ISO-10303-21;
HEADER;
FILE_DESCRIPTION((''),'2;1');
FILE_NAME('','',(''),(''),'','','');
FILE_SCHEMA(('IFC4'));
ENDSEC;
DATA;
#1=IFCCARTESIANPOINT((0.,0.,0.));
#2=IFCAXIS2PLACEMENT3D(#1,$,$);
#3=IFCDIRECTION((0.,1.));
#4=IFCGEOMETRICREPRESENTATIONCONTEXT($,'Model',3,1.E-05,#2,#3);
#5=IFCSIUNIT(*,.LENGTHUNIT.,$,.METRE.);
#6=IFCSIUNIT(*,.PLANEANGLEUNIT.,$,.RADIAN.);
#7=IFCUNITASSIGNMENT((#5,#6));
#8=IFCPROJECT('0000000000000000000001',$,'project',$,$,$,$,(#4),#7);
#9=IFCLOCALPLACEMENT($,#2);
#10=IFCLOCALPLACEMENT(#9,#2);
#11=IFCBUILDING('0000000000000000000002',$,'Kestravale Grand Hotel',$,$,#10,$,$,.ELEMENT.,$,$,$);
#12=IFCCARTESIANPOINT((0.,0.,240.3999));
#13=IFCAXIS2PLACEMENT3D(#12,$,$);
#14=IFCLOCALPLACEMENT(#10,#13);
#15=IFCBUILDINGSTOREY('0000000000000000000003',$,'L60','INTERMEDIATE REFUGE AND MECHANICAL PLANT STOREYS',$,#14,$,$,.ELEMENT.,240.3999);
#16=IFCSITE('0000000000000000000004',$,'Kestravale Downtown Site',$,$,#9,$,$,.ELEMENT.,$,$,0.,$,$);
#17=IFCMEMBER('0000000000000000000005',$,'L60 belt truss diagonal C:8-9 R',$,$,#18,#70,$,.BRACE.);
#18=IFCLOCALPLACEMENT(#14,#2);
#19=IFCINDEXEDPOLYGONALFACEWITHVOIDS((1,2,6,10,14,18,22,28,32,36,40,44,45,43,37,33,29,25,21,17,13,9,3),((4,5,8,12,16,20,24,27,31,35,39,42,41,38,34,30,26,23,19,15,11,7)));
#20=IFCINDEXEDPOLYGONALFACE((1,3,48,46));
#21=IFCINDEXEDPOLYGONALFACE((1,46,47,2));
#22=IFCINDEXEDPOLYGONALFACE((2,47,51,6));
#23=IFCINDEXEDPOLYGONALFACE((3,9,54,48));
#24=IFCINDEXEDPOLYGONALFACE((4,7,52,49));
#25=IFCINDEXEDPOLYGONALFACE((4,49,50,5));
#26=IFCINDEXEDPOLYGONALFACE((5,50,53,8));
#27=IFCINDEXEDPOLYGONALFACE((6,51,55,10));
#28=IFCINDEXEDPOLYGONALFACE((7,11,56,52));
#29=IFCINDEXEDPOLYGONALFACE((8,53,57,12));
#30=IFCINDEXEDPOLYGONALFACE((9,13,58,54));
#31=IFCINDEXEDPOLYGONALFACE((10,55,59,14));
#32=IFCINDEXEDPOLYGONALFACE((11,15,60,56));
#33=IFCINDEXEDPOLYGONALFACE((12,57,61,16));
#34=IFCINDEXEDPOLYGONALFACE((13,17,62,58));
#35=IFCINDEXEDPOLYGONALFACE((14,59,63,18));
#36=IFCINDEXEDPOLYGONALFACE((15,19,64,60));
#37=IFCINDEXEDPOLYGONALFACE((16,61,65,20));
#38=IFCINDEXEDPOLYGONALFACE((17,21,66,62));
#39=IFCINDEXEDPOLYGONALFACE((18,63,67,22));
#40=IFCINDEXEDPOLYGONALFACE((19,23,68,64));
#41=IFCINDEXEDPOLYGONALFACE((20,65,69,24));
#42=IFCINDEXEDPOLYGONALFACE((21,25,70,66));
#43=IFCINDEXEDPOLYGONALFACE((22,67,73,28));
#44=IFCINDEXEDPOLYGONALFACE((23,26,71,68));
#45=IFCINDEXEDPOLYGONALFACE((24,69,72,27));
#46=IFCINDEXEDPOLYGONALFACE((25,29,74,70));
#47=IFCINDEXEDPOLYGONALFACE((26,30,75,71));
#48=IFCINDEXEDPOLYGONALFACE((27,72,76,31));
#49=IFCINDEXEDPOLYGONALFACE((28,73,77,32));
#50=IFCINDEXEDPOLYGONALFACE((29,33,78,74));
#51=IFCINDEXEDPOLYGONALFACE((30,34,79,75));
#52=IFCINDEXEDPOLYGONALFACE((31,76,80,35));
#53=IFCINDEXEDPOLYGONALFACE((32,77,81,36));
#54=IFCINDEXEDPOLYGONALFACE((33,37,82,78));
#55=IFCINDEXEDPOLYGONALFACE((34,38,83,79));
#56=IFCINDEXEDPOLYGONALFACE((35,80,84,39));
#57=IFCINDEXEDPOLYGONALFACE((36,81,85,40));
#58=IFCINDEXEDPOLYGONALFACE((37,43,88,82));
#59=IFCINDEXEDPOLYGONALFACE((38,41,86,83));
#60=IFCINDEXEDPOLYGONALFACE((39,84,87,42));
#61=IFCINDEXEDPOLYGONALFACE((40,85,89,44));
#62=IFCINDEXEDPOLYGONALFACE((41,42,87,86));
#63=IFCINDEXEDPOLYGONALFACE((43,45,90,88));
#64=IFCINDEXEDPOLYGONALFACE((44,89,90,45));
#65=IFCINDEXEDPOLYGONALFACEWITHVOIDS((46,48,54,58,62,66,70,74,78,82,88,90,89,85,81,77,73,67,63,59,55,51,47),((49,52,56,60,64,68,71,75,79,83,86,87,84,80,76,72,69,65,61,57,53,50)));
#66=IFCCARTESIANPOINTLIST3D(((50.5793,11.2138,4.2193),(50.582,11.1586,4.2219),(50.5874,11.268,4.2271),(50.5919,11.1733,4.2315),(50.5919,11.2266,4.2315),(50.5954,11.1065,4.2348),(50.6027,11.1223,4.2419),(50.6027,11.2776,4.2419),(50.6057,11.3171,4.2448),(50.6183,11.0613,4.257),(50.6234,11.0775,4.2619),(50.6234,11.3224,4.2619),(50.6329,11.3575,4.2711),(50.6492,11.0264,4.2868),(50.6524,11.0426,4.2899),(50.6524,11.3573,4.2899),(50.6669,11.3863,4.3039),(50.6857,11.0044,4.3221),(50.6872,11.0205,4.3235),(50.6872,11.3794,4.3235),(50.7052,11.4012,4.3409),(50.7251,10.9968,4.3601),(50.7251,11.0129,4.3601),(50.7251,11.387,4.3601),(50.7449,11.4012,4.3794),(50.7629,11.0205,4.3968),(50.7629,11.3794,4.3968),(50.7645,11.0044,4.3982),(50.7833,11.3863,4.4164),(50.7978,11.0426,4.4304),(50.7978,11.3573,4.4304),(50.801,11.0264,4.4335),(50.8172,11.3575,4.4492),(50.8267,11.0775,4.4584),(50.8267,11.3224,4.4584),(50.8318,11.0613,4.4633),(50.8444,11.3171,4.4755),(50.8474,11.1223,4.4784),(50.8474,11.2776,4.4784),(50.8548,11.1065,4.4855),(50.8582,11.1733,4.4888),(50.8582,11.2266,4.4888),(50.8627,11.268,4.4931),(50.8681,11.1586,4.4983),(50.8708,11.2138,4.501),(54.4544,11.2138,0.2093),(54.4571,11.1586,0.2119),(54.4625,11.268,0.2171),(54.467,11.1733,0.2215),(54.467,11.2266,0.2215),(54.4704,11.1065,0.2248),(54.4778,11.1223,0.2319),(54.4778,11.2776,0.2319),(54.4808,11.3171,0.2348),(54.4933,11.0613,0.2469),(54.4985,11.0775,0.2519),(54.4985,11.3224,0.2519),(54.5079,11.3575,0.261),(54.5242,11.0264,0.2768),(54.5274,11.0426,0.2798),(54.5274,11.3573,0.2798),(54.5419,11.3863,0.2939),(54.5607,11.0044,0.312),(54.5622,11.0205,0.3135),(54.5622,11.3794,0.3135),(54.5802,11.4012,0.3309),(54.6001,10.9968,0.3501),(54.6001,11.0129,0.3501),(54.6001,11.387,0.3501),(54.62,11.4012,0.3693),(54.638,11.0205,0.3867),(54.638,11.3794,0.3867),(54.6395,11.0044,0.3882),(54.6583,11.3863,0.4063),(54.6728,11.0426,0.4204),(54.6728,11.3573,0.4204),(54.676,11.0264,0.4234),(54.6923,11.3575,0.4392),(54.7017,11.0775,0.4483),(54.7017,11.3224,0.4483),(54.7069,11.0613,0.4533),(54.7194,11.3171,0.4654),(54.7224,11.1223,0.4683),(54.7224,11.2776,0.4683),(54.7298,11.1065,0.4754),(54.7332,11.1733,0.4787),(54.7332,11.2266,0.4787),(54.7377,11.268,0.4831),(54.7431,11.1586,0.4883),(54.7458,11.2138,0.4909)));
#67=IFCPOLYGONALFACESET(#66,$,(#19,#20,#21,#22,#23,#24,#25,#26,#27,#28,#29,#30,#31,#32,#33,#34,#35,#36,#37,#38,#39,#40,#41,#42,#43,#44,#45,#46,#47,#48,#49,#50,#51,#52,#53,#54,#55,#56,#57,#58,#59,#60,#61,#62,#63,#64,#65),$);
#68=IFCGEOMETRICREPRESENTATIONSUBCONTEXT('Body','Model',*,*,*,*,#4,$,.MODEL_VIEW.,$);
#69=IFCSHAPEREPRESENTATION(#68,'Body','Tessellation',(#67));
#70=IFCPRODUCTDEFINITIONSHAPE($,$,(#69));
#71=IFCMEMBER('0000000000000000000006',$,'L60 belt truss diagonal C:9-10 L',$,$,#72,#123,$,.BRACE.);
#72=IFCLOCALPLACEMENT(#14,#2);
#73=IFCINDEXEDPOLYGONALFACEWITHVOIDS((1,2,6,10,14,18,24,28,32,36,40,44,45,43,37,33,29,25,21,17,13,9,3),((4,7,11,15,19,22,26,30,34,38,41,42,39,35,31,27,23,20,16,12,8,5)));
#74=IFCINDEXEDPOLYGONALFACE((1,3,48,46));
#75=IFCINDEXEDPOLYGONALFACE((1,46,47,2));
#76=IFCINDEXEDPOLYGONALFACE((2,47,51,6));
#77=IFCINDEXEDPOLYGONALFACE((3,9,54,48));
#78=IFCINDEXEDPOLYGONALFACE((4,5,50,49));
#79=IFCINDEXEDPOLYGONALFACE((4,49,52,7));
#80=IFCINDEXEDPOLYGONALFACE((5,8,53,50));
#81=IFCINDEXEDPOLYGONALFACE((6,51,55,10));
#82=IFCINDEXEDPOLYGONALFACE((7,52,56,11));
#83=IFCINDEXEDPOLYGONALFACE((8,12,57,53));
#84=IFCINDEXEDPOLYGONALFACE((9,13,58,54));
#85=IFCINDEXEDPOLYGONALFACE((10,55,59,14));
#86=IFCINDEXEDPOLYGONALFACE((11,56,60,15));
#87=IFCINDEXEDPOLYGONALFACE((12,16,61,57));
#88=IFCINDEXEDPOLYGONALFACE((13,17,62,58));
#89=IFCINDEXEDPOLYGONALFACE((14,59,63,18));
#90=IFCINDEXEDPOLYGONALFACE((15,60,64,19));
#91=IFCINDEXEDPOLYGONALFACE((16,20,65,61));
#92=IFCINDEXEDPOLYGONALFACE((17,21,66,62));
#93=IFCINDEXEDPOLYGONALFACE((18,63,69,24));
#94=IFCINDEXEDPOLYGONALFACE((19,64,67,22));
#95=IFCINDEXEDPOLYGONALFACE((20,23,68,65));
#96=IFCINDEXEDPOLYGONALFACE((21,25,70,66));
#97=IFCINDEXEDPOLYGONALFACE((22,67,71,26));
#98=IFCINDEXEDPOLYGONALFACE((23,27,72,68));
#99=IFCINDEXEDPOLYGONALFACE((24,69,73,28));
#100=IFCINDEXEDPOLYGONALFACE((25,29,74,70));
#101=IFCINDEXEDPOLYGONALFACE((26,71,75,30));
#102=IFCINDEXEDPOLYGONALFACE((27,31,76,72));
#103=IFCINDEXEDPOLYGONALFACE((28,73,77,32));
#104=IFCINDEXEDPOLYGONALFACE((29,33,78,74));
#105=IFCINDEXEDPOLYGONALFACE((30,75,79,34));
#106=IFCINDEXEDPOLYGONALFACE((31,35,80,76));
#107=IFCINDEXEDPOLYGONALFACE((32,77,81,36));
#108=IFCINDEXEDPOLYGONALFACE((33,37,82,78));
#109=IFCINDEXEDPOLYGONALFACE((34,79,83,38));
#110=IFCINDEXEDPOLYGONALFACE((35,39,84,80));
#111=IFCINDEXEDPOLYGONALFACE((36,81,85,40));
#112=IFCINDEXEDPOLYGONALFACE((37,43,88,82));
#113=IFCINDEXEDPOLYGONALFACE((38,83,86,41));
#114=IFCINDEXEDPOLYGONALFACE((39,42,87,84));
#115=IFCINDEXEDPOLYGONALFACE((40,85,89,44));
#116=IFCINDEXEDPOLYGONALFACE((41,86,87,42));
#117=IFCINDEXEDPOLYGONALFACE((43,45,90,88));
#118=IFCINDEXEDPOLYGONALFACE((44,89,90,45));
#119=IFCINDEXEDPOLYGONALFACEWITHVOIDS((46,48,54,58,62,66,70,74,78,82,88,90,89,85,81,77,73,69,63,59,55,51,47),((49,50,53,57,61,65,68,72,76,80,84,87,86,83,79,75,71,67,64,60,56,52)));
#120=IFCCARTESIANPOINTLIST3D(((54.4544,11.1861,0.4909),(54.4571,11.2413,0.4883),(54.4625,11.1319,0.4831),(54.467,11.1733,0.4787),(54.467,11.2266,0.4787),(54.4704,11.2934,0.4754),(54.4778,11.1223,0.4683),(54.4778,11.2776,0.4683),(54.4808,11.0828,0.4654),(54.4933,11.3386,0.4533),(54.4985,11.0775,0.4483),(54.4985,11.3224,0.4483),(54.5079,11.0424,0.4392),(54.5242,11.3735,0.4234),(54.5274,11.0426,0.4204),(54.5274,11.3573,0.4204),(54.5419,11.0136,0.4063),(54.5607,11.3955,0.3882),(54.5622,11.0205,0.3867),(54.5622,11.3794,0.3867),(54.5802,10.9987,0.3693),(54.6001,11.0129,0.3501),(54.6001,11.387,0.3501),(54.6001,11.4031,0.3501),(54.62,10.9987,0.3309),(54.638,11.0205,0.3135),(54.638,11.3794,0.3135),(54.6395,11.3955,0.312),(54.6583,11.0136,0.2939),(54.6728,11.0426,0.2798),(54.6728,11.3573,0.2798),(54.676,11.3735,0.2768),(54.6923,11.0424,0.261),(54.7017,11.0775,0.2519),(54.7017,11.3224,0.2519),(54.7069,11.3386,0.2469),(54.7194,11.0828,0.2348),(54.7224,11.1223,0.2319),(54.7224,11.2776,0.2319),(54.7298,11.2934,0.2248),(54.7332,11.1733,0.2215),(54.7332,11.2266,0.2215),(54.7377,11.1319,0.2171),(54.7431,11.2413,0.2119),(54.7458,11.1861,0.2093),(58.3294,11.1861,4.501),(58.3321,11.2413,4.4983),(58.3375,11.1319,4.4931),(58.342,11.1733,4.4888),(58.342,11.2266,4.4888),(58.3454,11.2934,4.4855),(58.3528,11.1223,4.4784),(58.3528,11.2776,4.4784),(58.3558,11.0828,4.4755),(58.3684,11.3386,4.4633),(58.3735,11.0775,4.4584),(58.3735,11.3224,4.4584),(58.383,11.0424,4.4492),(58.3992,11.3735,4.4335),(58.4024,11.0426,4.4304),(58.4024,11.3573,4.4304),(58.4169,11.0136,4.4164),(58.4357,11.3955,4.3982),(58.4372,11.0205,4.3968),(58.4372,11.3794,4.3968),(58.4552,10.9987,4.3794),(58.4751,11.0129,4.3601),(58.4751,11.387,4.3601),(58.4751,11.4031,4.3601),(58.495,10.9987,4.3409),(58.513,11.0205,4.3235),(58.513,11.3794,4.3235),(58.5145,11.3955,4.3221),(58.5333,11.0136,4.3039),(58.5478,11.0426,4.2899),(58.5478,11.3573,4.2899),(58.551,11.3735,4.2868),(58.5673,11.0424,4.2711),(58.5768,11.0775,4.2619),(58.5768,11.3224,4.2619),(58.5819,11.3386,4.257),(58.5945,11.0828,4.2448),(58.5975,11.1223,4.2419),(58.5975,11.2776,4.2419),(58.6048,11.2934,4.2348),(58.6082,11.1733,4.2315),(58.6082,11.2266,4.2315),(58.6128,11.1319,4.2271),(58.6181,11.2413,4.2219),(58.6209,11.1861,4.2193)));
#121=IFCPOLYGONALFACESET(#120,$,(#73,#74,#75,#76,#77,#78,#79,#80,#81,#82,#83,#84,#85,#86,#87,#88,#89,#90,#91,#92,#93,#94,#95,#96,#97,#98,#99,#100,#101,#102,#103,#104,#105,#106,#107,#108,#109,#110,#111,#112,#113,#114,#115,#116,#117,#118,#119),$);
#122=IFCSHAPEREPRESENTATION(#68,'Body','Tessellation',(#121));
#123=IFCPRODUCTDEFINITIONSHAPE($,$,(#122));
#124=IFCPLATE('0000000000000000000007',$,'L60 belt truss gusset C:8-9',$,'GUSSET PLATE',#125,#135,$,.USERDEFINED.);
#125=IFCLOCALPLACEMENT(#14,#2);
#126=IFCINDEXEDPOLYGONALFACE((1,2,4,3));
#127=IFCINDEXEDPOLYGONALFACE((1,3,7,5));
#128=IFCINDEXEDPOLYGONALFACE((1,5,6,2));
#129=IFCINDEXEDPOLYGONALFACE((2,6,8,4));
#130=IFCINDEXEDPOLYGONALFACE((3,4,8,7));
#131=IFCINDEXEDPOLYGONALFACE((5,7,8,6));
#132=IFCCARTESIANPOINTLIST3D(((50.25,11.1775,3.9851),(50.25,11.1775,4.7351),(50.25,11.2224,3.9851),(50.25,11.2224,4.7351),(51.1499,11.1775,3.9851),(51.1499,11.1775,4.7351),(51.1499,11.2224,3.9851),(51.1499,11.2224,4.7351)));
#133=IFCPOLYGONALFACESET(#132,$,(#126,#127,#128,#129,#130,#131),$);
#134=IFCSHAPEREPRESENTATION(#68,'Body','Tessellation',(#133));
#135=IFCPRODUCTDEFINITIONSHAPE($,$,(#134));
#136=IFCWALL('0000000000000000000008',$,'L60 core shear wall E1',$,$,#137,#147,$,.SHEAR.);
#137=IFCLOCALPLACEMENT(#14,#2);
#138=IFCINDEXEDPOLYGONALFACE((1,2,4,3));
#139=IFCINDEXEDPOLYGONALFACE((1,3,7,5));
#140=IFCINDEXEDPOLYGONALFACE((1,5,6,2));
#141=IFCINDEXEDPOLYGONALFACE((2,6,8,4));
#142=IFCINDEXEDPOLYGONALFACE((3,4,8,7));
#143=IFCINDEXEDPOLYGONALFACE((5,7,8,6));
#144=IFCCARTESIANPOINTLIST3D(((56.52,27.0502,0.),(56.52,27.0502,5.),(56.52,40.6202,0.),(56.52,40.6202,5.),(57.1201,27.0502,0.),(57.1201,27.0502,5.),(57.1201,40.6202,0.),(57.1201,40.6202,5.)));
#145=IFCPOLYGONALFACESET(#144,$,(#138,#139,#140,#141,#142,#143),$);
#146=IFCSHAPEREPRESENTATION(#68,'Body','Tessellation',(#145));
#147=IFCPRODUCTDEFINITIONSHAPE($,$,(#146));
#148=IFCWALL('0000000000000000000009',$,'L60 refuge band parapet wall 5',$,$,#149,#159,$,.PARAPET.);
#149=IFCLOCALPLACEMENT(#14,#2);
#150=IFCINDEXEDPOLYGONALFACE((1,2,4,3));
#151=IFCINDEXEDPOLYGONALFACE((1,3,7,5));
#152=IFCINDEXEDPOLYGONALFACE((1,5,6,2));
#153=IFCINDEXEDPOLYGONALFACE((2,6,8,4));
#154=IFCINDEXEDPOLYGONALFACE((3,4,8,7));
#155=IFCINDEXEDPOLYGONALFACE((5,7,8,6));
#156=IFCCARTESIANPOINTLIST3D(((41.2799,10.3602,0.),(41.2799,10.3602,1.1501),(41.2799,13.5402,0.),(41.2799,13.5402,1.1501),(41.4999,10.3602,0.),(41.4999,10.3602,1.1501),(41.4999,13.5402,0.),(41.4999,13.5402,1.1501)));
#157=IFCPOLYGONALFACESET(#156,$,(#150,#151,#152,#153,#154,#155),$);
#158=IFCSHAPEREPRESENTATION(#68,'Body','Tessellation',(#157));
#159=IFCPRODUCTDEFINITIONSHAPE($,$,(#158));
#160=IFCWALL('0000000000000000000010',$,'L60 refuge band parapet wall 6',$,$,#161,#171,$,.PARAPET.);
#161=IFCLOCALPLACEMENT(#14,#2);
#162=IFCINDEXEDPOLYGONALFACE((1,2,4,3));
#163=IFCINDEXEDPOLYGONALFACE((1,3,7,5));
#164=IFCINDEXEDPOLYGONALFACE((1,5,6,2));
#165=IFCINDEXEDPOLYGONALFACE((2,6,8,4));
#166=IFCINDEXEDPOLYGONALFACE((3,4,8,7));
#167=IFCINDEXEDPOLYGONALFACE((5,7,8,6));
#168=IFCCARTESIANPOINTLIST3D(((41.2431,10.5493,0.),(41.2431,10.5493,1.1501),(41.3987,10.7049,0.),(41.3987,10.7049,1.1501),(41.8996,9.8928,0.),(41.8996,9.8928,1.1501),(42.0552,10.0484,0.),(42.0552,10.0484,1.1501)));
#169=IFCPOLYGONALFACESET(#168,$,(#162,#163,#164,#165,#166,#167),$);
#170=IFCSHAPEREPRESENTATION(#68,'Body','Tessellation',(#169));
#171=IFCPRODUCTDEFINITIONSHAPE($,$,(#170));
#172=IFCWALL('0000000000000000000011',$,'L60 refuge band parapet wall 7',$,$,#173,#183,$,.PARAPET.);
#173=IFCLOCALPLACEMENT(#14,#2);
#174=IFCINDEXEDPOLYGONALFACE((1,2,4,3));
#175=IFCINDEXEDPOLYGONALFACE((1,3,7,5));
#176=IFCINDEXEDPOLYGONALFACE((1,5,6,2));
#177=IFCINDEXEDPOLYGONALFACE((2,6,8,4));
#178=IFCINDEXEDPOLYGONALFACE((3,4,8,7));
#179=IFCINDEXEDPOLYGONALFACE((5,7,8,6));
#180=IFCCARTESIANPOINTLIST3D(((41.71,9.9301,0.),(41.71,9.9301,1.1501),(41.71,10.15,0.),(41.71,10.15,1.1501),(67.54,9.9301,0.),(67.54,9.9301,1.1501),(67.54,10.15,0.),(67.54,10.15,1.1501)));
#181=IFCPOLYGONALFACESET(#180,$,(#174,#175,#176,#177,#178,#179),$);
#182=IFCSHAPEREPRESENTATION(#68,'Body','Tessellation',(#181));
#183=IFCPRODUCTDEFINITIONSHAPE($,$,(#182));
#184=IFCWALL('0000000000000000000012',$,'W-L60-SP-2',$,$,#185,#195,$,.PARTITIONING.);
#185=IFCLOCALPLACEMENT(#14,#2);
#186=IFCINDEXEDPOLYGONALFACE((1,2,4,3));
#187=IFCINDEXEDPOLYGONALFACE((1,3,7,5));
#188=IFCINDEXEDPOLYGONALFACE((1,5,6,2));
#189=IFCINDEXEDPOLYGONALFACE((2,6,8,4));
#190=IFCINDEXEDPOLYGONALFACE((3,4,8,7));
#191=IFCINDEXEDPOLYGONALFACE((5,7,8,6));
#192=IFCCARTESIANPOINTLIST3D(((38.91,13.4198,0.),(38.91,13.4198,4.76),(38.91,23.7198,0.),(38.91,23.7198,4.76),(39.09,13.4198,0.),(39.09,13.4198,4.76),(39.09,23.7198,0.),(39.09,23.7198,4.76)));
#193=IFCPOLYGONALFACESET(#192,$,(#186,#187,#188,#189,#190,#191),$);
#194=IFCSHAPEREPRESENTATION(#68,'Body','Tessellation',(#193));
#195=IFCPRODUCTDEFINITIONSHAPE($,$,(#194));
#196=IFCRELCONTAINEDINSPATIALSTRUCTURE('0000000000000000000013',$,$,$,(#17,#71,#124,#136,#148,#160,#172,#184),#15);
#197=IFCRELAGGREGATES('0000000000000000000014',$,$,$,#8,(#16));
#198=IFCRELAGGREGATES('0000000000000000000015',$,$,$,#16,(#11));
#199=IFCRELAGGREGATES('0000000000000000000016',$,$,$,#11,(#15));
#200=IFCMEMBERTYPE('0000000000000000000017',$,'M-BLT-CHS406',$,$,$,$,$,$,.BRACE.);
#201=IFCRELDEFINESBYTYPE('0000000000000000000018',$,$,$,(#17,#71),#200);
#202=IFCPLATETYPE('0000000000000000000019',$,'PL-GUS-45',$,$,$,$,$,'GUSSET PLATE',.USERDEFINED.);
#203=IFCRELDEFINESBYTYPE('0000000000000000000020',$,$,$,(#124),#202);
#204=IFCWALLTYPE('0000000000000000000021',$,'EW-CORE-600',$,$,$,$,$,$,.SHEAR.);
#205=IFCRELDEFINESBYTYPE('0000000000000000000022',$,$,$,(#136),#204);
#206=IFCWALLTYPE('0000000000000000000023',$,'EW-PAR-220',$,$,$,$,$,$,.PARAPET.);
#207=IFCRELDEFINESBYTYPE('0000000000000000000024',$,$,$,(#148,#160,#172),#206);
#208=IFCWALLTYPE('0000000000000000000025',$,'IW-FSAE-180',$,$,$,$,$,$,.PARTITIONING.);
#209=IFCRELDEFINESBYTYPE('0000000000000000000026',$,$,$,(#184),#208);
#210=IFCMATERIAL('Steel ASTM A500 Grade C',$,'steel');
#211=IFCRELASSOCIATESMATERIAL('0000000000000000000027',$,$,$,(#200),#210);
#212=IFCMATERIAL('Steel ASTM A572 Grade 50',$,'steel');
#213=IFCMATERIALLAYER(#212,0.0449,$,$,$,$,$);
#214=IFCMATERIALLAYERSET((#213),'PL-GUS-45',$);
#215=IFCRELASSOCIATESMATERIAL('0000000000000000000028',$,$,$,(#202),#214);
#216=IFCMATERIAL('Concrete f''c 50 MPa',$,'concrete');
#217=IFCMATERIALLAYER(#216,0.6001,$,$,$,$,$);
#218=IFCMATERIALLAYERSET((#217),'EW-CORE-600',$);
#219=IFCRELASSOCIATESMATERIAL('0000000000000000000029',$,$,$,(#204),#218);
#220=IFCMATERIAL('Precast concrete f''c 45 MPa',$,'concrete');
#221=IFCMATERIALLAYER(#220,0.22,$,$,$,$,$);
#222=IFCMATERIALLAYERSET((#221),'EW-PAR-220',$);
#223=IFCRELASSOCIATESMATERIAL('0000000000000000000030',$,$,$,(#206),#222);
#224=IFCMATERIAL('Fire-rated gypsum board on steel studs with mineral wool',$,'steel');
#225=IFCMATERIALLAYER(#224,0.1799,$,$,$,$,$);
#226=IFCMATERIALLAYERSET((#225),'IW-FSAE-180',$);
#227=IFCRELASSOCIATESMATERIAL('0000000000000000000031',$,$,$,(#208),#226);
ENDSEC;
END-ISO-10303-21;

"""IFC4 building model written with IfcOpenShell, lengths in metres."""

from ifc_helpers import new_model, si_unit, direction, frame, frame_2d, origin, origin_2d, place, context, subcontext, project, spatial, rectangle, hollow_circle, extrude, material, layer, layer_set, material_profile, profile_set, type_object, element, save


model = new_model("IFC4")

# Units and contexts
model_context = context("Model", 3, precision=1e-05, world=origin(), true_north=direction((0.0, 1.0)))
body_context = subcontext(model_context, "Body", "Model", "MODEL_VIEW")
ifc_project = project(units=[si_unit("LENGTHUNIT", "METRE"), si_unit("PLANEANGLEUNIT", "RADIAN")], contexts=[model_context])

# Site, building, storey
site_placement = place(None, origin())
site = spatial("IfcSite", under=ifc_project, at=site_placement, Name="Kestravale Downtown Site", CompositionType="ELEMENT", RefElevation=0.0)
building_placement = place(site_placement, origin())
building = spatial("IfcBuilding", under=site, at=building_placement, Name="Kestravale Grand Hotel", CompositionType="ELEMENT")
storey_placement = place(building_placement, frame((0.0, 0.0, 240.3999)))
storey = spatial("IfcBuildingStorey", under=building, at=storey_placement, Name="L60", Description="INTERMEDIATE REFUGE AND MECHANICAL PLANT STOREYS", CompositionType="ELEMENT", Elevation=240.3999)

# Members
ifc_material_1 = material(Name="Steel ASTM A500 Grade C", Category="steel")
ifc_material_profile_1 = material_profile(ifc_material_1, hollow_circle(Radius=0.2031, WallThickness=0.0161, at=origin_2d()))
ifc_profile_set_1 = profile_set([ifc_material_profile_1], Name="Steel ASTM A500 Grade C")
member_type_1 = type_object("IfcMemberType", Name="M-BLT-CHS406", PredefinedType="BRACE", material=ifc_profile_set_1)
for number, where, z_axis, x_axis, name in (
    (1, (54.6001, 11.2, 0.3501), (-0.694898, 0.0, 0.719109), (0.0, -1.0, 0.0), "L60 belt truss diagonal C:8-9 R"),
    (2, (54.6001, 11.2, 0.3501), (0.694898, 0.0, 0.719109), (0.0, 1.0, 0.0), "L60 belt truss diagonal C:9-10 L"),
):
    element("IfcMember", number, at=place(storey_placement, frame(where, z_axis=z_axis, x_axis=x_axis)), inside=storey, type_object=member_type_1, Name=name, PredefinedType="BRACE", context=body_context, shape_type="SweptSolid", body=[
        extrude(hollow_circle(Radius=0.2031, WallThickness=0.0161, at=origin_2d()), origin(), (0.0, 0.0, 1.0), 5.5764),
    ])

# Plate
ifc_material_2 = material(Name="Steel ASTM A572 Grade 50", Category="steel")
ifc_layer_1 = layer(ifc_material_2, 0.0449)
ifc_layer_set_1 = layer_set([ifc_layer_1], Name="PL-GUS-45")
plate_type = type_object("IfcPlateType", Name="PL-GUS-45", ElementType="GUSSET PLATE", PredefinedType="USERDEFINED", material=ifc_layer_set_1)
plate_placement = place(storey_placement, frame((50.7, 11.2, 3.9851), z_axis=(0.0, 0.0, 1.0), x_axis=(1.0, 0.0, 0.0)))
element("IfcPlate", 3, at=plate_placement, inside=storey, type_object=plate_type, Name="L60 belt truss gusset C:8-9", ObjectType="GUSSET PLATE", PredefinedType="USERDEFINED", context=body_context, shape_type="SweptSolid", body=[
    extrude(rectangle(XDim=0.8999, YDim=0.0449, at=origin_2d()), origin(), (0.0, 0.0, 1.0), 0.75),
])

# Walls
ifc_material_3 = material(Name="Concrete f'c 50 MPa", Category="concrete")
ifc_layer_2 = layer(ifc_material_3, 0.6001)
ifc_layer_set_2 = layer_set([ifc_layer_2], Name="EW-CORE-600")
wall_type_1 = type_object("IfcWallType", Name="EW-CORE-600", PredefinedType="SHEAR", material=ifc_layer_set_2)
wall_1_placement = place(storey_placement, frame((56.8201, 27.05, 0.0), z_axis=(0.0, 0.0, 1.0), x_axis=(0.0, 1.0, 0.0)))
element("IfcWall", 4, at=wall_1_placement, inside=storey, type_object=wall_type_1, Name="L60 core shear wall E1", PredefinedType="SHEAR", context=body_context, shape_type="SweptSolid", body=[
    extrude(rectangle(XDim=13.5701, YDim=0.6001, at=frame_2d((6.7852, 0.0))), origin(), (0.0, 0.0, 1.0), 5.0),
])
ifc_material_4 = material(Name="Precast concrete f'c 45 MPa", Category="concrete")
ifc_layer_3 = layer(ifc_material_4, 0.22)
ifc_layer_set_3 = layer_set([ifc_layer_3], Name="EW-PAR-220")
wall_type_2 = type_object("IfcWallType", Name="EW-PAR-220", PredefinedType="PARAPET", material=ifc_layer_set_3)
wall_2_placement = place(storey_placement, frame((41.3899, 13.54, 0.0), z_axis=(0.0, 0.0, 1.0), x_axis=(0.0, -1.0, 0.0)))
element("IfcWall", 5, at=wall_2_placement, inside=storey, type_object=wall_type_2, Name="L60 refuge band parapet wall 5", PredefinedType="PARAPET", context=body_context, shape_type="SweptSolid", body=[
    extrude(rectangle(XDim=3.1799, YDim=0.22, at=frame_2d((1.5898, 0.0))), origin(), (0.0, 0.0, 1.0), 1.1501),
])
wall_3_placement = place(storey_placement, frame((41.3208, 10.6272, 0.0), z_axis=(0.0, 0.0, 1.0), x_axis=(0.707107, -0.707107, 0.0)))
element("IfcWall", 6, at=wall_3_placement, inside=storey, type_object=wall_type_2, Name="L60 refuge band parapet wall 6", PredefinedType="PARAPET", context=body_context, shape_type="SweptSolid", body=[
    extrude(rectangle(XDim=0.9285, YDim=0.22, at=frame_2d((0.4644, 0.0))), origin(), (0.0, 0.0, 1.0), 1.1501),
])
wall_4_placement = place(storey_placement, frame((41.71, 10.04, 0.0), z_axis=(0.0, 0.0, 1.0), x_axis=(1.0, 0.0, 0.0)))
element("IfcWall", 7, at=wall_4_placement, inside=storey, type_object=wall_type_2, Name="L60 refuge band parapet wall 7", PredefinedType="PARAPET", context=body_context, shape_type="SweptSolid", body=[
    extrude(rectangle(XDim=25.8301, YDim=0.22, at=frame_2d((12.915, 0.0))), origin(), (0.0, 0.0, 1.0), 1.1501),
])

# Wall
ifc_material_5 = material(Name="Fire-rated gypsum board on steel studs with mineral wool", Category="steel")
ifc_layer_4 = layer(ifc_material_5, 0.1799)
ifc_layer_set_4 = layer_set([ifc_layer_4], Name="IW-FSAE-180")
wall_type_3 = type_object("IfcWallType", Name="IW-FSAE-180", PredefinedType="PARTITIONING", material=ifc_layer_set_4)
wall_5_placement = place(storey_placement, frame((39.0, 13.4199, 0.0), z_axis=(0.0, 0.0, 1.0), x_axis=(0.0, 1.0, 0.0)))
element("IfcWall", 8, at=wall_5_placement, inside=storey, type_object=wall_type_3, Name="W-L60-SP-2", PredefinedType="PARTITIONING", context=body_context, shape_type="SweptSolid", body=[
    extrude(rectangle(XDim=10.3, YDim=0.1799, at=frame_2d((5.1499, 0.0))), origin(), (0.0, 0.0, 1.0), 4.76),
])

save(model, "model.ifc")
